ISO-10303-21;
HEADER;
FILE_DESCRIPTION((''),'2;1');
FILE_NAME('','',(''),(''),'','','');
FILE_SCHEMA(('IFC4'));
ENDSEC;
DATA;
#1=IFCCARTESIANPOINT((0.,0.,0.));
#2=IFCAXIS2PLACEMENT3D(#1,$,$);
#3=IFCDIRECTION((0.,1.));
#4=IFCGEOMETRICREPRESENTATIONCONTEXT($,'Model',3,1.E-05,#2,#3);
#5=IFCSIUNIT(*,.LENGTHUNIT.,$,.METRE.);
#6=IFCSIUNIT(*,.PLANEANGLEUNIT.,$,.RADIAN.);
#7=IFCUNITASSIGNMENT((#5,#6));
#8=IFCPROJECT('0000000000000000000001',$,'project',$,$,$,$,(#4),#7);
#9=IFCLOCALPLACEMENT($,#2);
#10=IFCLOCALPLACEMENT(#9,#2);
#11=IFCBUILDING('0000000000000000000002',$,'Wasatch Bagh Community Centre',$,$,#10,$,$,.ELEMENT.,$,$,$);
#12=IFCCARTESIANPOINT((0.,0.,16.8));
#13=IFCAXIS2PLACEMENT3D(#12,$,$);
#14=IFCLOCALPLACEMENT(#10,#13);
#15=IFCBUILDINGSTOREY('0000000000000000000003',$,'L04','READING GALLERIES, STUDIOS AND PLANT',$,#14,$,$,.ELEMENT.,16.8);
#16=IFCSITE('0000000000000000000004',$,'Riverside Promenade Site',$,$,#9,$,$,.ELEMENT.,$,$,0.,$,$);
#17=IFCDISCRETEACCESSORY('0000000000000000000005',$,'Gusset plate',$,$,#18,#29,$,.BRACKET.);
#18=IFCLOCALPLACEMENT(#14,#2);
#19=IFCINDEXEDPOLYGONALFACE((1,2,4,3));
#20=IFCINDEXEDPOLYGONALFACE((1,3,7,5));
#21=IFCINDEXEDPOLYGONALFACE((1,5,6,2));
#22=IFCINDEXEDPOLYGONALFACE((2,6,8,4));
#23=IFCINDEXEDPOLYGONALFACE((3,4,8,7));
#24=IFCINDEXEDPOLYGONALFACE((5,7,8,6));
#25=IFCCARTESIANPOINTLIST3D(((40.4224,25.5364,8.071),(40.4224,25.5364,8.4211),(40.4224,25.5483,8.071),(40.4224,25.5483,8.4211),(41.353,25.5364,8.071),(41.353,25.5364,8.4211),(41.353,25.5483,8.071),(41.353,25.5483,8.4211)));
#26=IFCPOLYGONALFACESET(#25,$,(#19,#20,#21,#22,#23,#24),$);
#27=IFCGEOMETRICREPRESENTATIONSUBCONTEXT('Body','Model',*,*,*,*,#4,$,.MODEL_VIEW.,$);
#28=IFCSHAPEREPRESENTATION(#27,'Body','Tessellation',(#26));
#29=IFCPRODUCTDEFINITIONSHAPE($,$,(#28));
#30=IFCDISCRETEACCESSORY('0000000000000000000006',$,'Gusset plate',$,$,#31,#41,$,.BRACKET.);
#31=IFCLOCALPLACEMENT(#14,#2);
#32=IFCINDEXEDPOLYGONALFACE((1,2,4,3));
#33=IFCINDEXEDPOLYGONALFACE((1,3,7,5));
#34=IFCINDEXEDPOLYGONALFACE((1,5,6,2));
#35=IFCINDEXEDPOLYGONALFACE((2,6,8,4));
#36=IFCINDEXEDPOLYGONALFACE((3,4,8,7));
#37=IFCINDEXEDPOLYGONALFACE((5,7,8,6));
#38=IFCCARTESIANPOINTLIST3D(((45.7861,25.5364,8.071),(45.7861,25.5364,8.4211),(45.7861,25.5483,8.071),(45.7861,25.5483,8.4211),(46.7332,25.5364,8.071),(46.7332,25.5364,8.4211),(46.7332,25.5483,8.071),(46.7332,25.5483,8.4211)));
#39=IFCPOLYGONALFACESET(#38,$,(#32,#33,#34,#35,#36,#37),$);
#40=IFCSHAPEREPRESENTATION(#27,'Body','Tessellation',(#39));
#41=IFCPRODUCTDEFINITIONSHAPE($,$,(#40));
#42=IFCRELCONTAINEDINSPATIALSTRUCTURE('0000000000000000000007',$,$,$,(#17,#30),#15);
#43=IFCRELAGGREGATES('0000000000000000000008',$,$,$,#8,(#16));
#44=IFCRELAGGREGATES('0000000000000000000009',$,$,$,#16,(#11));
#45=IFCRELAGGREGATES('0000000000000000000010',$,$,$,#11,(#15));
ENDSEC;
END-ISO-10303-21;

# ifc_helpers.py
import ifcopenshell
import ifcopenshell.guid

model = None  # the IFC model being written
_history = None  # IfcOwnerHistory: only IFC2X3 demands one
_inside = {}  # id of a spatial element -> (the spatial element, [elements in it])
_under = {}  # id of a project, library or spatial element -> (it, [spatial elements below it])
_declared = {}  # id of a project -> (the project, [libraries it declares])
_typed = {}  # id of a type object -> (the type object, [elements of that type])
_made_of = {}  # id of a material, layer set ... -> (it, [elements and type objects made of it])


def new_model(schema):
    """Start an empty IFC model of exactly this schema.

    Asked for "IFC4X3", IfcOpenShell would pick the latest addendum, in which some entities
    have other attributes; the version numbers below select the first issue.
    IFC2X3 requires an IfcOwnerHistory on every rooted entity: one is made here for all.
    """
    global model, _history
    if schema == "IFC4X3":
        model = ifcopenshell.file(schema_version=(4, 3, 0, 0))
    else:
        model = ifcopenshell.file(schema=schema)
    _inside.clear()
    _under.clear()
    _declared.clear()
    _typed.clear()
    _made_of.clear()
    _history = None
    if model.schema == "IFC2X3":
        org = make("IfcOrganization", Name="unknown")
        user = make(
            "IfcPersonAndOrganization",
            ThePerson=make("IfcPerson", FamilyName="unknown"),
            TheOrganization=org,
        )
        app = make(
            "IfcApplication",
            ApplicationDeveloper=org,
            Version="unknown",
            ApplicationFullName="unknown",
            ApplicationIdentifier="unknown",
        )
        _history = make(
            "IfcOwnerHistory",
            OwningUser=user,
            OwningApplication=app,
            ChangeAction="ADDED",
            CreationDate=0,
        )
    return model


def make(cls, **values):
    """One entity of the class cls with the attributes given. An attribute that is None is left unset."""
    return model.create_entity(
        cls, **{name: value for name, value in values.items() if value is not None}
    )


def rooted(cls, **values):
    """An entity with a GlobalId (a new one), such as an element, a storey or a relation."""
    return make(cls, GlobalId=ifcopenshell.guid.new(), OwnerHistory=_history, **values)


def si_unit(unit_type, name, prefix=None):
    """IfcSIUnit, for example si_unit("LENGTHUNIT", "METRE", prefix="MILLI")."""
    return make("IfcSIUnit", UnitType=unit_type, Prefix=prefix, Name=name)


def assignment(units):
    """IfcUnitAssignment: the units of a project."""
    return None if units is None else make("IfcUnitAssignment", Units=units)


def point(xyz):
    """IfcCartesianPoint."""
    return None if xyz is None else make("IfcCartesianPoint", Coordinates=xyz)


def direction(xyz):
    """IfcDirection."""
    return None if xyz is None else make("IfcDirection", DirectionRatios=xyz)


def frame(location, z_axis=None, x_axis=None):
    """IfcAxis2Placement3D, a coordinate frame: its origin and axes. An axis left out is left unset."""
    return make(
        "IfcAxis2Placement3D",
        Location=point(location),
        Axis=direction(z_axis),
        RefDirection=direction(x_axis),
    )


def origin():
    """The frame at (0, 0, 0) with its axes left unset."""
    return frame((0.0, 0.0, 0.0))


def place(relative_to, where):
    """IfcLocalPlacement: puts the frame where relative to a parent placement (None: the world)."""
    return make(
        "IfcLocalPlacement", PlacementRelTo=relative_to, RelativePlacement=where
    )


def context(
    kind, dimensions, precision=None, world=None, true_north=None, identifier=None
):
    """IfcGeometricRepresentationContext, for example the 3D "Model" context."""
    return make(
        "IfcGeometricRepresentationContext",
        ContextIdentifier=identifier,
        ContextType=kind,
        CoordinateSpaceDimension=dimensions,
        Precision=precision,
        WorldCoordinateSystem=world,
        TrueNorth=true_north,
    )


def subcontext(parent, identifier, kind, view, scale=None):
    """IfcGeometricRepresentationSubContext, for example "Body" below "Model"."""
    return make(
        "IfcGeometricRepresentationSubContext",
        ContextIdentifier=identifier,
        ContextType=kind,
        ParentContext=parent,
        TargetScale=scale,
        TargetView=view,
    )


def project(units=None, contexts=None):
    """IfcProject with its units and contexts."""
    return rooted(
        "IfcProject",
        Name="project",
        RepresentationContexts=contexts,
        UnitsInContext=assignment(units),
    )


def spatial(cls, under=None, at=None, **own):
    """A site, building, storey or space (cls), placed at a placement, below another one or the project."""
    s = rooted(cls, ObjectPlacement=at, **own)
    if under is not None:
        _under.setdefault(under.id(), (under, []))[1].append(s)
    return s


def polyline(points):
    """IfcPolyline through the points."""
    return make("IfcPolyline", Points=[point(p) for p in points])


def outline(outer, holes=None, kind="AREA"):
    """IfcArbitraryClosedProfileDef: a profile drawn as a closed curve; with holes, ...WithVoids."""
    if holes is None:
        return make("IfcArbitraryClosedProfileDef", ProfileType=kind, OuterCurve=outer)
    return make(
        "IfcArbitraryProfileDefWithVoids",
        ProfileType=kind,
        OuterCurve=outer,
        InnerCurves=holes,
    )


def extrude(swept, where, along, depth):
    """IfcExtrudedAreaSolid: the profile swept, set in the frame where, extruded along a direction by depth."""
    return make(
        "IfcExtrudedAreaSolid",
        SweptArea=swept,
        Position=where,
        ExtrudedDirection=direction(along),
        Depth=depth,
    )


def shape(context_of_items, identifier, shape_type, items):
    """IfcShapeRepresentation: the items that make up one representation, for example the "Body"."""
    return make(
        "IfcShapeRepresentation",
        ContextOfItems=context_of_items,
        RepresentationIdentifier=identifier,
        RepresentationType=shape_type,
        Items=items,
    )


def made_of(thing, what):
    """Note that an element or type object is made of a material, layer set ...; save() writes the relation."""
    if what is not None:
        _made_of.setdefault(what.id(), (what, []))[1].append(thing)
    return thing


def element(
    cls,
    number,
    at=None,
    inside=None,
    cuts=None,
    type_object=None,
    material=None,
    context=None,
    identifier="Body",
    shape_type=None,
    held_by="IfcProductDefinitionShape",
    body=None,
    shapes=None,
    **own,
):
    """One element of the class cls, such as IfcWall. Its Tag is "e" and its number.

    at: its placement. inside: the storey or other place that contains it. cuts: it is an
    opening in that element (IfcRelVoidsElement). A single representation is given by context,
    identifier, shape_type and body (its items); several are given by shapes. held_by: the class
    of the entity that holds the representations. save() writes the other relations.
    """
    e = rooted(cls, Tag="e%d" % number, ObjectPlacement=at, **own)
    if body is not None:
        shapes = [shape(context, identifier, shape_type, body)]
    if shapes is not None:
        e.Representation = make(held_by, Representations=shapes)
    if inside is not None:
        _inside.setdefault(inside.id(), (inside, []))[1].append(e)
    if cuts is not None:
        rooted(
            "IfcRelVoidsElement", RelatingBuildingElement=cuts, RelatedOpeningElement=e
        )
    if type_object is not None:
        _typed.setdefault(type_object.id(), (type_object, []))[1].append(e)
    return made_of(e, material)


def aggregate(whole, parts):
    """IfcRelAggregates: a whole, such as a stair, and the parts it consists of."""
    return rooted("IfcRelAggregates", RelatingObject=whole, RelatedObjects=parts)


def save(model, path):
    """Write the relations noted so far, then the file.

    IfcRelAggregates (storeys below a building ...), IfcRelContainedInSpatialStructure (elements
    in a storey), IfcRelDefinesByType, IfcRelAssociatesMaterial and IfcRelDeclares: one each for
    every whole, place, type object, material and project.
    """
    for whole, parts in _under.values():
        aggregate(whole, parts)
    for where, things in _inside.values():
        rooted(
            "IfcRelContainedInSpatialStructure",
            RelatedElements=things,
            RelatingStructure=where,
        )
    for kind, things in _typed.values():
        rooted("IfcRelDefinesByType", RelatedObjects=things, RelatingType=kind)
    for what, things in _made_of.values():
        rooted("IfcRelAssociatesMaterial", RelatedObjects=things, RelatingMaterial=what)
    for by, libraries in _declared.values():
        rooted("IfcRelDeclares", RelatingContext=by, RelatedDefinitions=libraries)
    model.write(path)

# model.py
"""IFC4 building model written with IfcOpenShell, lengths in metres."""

from ifc_helpers import new_model, si_unit, direction, frame, origin, place, context, subcontext, project, spatial, polyline, outline, extrude, element, save


model = new_model("IFC4")

# Units and contexts
model_context = context("Model", 3, precision=1e-05, world=origin(), true_north=direction((0.0, 1.0)))
body_context = subcontext(model_context, "Body", "Model", "MODEL_VIEW")
ifc_project = project(units=[si_unit("LENGTHUNIT", "METRE"), si_unit("PLANEANGLEUNIT", "RADIAN")], contexts=[model_context])

# Site, building, storey
site_placement = place(None, origin())
site = spatial("IfcSite", under=ifc_project, at=site_placement, Name="Riverside Promenade Site", CompositionType="ELEMENT", RefElevation=0.0)
building_placement = place(site_placement, origin())
building = spatial("IfcBuilding", under=site, at=building_placement, Name="Wasatch Bagh Community Centre", CompositionType="ELEMENT")
storey_placement = place(building_placement, frame((0.0, 0.0, 16.8)))
storey = spatial("IfcBuildingStorey", under=building, at=storey_placement, Name="L04", Description="READING GALLERIES, STUDIOS AND PLANT", CompositionType="ELEMENT", Elevation=16.8)

# Discrete accessories
discrete_accessory_1_placement = place(storey_placement, frame((40.4224, 25.5364, 8.071), z_axis=(0.0, -1.0, 0.0), x_axis=(1.0, 0.0, 0.0)))
element("IfcDiscreteAccessory", 1, at=discrete_accessory_1_placement, inside=storey, Name="Gusset plate", PredefinedType="BRACKET", context=body_context, shape_type="SweptSolid", body=[
    extrude(outline(polyline([(0.0, 0.0), (0.9307, 0.0), (0.9307, 0.3501), (0.0, 0.3501), (0.0, 0.0)])), origin(), (0.0, 0.0, -1.0), 0.012),
])
discrete_accessory_2_placement = place(storey_placement, frame((45.7861, 25.5364, 8.071), z_axis=(0.0, -1.0, 0.0), x_axis=(1.0, 0.0, 0.0)))
element("IfcDiscreteAccessory", 2, at=discrete_accessory_2_placement, inside=storey, Name="Gusset plate", PredefinedType="BRACKET", context=body_context, shape_type="SweptSolid", body=[
    extrude(outline(polyline([(0.0, 0.0), (0.947, 0.0), (0.947, 0.3501), (0.0, 0.3501), (0.0, 0.0)])), origin(), (0.0, 0.0, -1.0), 0.012),
])

save(model, "model.ifc")
